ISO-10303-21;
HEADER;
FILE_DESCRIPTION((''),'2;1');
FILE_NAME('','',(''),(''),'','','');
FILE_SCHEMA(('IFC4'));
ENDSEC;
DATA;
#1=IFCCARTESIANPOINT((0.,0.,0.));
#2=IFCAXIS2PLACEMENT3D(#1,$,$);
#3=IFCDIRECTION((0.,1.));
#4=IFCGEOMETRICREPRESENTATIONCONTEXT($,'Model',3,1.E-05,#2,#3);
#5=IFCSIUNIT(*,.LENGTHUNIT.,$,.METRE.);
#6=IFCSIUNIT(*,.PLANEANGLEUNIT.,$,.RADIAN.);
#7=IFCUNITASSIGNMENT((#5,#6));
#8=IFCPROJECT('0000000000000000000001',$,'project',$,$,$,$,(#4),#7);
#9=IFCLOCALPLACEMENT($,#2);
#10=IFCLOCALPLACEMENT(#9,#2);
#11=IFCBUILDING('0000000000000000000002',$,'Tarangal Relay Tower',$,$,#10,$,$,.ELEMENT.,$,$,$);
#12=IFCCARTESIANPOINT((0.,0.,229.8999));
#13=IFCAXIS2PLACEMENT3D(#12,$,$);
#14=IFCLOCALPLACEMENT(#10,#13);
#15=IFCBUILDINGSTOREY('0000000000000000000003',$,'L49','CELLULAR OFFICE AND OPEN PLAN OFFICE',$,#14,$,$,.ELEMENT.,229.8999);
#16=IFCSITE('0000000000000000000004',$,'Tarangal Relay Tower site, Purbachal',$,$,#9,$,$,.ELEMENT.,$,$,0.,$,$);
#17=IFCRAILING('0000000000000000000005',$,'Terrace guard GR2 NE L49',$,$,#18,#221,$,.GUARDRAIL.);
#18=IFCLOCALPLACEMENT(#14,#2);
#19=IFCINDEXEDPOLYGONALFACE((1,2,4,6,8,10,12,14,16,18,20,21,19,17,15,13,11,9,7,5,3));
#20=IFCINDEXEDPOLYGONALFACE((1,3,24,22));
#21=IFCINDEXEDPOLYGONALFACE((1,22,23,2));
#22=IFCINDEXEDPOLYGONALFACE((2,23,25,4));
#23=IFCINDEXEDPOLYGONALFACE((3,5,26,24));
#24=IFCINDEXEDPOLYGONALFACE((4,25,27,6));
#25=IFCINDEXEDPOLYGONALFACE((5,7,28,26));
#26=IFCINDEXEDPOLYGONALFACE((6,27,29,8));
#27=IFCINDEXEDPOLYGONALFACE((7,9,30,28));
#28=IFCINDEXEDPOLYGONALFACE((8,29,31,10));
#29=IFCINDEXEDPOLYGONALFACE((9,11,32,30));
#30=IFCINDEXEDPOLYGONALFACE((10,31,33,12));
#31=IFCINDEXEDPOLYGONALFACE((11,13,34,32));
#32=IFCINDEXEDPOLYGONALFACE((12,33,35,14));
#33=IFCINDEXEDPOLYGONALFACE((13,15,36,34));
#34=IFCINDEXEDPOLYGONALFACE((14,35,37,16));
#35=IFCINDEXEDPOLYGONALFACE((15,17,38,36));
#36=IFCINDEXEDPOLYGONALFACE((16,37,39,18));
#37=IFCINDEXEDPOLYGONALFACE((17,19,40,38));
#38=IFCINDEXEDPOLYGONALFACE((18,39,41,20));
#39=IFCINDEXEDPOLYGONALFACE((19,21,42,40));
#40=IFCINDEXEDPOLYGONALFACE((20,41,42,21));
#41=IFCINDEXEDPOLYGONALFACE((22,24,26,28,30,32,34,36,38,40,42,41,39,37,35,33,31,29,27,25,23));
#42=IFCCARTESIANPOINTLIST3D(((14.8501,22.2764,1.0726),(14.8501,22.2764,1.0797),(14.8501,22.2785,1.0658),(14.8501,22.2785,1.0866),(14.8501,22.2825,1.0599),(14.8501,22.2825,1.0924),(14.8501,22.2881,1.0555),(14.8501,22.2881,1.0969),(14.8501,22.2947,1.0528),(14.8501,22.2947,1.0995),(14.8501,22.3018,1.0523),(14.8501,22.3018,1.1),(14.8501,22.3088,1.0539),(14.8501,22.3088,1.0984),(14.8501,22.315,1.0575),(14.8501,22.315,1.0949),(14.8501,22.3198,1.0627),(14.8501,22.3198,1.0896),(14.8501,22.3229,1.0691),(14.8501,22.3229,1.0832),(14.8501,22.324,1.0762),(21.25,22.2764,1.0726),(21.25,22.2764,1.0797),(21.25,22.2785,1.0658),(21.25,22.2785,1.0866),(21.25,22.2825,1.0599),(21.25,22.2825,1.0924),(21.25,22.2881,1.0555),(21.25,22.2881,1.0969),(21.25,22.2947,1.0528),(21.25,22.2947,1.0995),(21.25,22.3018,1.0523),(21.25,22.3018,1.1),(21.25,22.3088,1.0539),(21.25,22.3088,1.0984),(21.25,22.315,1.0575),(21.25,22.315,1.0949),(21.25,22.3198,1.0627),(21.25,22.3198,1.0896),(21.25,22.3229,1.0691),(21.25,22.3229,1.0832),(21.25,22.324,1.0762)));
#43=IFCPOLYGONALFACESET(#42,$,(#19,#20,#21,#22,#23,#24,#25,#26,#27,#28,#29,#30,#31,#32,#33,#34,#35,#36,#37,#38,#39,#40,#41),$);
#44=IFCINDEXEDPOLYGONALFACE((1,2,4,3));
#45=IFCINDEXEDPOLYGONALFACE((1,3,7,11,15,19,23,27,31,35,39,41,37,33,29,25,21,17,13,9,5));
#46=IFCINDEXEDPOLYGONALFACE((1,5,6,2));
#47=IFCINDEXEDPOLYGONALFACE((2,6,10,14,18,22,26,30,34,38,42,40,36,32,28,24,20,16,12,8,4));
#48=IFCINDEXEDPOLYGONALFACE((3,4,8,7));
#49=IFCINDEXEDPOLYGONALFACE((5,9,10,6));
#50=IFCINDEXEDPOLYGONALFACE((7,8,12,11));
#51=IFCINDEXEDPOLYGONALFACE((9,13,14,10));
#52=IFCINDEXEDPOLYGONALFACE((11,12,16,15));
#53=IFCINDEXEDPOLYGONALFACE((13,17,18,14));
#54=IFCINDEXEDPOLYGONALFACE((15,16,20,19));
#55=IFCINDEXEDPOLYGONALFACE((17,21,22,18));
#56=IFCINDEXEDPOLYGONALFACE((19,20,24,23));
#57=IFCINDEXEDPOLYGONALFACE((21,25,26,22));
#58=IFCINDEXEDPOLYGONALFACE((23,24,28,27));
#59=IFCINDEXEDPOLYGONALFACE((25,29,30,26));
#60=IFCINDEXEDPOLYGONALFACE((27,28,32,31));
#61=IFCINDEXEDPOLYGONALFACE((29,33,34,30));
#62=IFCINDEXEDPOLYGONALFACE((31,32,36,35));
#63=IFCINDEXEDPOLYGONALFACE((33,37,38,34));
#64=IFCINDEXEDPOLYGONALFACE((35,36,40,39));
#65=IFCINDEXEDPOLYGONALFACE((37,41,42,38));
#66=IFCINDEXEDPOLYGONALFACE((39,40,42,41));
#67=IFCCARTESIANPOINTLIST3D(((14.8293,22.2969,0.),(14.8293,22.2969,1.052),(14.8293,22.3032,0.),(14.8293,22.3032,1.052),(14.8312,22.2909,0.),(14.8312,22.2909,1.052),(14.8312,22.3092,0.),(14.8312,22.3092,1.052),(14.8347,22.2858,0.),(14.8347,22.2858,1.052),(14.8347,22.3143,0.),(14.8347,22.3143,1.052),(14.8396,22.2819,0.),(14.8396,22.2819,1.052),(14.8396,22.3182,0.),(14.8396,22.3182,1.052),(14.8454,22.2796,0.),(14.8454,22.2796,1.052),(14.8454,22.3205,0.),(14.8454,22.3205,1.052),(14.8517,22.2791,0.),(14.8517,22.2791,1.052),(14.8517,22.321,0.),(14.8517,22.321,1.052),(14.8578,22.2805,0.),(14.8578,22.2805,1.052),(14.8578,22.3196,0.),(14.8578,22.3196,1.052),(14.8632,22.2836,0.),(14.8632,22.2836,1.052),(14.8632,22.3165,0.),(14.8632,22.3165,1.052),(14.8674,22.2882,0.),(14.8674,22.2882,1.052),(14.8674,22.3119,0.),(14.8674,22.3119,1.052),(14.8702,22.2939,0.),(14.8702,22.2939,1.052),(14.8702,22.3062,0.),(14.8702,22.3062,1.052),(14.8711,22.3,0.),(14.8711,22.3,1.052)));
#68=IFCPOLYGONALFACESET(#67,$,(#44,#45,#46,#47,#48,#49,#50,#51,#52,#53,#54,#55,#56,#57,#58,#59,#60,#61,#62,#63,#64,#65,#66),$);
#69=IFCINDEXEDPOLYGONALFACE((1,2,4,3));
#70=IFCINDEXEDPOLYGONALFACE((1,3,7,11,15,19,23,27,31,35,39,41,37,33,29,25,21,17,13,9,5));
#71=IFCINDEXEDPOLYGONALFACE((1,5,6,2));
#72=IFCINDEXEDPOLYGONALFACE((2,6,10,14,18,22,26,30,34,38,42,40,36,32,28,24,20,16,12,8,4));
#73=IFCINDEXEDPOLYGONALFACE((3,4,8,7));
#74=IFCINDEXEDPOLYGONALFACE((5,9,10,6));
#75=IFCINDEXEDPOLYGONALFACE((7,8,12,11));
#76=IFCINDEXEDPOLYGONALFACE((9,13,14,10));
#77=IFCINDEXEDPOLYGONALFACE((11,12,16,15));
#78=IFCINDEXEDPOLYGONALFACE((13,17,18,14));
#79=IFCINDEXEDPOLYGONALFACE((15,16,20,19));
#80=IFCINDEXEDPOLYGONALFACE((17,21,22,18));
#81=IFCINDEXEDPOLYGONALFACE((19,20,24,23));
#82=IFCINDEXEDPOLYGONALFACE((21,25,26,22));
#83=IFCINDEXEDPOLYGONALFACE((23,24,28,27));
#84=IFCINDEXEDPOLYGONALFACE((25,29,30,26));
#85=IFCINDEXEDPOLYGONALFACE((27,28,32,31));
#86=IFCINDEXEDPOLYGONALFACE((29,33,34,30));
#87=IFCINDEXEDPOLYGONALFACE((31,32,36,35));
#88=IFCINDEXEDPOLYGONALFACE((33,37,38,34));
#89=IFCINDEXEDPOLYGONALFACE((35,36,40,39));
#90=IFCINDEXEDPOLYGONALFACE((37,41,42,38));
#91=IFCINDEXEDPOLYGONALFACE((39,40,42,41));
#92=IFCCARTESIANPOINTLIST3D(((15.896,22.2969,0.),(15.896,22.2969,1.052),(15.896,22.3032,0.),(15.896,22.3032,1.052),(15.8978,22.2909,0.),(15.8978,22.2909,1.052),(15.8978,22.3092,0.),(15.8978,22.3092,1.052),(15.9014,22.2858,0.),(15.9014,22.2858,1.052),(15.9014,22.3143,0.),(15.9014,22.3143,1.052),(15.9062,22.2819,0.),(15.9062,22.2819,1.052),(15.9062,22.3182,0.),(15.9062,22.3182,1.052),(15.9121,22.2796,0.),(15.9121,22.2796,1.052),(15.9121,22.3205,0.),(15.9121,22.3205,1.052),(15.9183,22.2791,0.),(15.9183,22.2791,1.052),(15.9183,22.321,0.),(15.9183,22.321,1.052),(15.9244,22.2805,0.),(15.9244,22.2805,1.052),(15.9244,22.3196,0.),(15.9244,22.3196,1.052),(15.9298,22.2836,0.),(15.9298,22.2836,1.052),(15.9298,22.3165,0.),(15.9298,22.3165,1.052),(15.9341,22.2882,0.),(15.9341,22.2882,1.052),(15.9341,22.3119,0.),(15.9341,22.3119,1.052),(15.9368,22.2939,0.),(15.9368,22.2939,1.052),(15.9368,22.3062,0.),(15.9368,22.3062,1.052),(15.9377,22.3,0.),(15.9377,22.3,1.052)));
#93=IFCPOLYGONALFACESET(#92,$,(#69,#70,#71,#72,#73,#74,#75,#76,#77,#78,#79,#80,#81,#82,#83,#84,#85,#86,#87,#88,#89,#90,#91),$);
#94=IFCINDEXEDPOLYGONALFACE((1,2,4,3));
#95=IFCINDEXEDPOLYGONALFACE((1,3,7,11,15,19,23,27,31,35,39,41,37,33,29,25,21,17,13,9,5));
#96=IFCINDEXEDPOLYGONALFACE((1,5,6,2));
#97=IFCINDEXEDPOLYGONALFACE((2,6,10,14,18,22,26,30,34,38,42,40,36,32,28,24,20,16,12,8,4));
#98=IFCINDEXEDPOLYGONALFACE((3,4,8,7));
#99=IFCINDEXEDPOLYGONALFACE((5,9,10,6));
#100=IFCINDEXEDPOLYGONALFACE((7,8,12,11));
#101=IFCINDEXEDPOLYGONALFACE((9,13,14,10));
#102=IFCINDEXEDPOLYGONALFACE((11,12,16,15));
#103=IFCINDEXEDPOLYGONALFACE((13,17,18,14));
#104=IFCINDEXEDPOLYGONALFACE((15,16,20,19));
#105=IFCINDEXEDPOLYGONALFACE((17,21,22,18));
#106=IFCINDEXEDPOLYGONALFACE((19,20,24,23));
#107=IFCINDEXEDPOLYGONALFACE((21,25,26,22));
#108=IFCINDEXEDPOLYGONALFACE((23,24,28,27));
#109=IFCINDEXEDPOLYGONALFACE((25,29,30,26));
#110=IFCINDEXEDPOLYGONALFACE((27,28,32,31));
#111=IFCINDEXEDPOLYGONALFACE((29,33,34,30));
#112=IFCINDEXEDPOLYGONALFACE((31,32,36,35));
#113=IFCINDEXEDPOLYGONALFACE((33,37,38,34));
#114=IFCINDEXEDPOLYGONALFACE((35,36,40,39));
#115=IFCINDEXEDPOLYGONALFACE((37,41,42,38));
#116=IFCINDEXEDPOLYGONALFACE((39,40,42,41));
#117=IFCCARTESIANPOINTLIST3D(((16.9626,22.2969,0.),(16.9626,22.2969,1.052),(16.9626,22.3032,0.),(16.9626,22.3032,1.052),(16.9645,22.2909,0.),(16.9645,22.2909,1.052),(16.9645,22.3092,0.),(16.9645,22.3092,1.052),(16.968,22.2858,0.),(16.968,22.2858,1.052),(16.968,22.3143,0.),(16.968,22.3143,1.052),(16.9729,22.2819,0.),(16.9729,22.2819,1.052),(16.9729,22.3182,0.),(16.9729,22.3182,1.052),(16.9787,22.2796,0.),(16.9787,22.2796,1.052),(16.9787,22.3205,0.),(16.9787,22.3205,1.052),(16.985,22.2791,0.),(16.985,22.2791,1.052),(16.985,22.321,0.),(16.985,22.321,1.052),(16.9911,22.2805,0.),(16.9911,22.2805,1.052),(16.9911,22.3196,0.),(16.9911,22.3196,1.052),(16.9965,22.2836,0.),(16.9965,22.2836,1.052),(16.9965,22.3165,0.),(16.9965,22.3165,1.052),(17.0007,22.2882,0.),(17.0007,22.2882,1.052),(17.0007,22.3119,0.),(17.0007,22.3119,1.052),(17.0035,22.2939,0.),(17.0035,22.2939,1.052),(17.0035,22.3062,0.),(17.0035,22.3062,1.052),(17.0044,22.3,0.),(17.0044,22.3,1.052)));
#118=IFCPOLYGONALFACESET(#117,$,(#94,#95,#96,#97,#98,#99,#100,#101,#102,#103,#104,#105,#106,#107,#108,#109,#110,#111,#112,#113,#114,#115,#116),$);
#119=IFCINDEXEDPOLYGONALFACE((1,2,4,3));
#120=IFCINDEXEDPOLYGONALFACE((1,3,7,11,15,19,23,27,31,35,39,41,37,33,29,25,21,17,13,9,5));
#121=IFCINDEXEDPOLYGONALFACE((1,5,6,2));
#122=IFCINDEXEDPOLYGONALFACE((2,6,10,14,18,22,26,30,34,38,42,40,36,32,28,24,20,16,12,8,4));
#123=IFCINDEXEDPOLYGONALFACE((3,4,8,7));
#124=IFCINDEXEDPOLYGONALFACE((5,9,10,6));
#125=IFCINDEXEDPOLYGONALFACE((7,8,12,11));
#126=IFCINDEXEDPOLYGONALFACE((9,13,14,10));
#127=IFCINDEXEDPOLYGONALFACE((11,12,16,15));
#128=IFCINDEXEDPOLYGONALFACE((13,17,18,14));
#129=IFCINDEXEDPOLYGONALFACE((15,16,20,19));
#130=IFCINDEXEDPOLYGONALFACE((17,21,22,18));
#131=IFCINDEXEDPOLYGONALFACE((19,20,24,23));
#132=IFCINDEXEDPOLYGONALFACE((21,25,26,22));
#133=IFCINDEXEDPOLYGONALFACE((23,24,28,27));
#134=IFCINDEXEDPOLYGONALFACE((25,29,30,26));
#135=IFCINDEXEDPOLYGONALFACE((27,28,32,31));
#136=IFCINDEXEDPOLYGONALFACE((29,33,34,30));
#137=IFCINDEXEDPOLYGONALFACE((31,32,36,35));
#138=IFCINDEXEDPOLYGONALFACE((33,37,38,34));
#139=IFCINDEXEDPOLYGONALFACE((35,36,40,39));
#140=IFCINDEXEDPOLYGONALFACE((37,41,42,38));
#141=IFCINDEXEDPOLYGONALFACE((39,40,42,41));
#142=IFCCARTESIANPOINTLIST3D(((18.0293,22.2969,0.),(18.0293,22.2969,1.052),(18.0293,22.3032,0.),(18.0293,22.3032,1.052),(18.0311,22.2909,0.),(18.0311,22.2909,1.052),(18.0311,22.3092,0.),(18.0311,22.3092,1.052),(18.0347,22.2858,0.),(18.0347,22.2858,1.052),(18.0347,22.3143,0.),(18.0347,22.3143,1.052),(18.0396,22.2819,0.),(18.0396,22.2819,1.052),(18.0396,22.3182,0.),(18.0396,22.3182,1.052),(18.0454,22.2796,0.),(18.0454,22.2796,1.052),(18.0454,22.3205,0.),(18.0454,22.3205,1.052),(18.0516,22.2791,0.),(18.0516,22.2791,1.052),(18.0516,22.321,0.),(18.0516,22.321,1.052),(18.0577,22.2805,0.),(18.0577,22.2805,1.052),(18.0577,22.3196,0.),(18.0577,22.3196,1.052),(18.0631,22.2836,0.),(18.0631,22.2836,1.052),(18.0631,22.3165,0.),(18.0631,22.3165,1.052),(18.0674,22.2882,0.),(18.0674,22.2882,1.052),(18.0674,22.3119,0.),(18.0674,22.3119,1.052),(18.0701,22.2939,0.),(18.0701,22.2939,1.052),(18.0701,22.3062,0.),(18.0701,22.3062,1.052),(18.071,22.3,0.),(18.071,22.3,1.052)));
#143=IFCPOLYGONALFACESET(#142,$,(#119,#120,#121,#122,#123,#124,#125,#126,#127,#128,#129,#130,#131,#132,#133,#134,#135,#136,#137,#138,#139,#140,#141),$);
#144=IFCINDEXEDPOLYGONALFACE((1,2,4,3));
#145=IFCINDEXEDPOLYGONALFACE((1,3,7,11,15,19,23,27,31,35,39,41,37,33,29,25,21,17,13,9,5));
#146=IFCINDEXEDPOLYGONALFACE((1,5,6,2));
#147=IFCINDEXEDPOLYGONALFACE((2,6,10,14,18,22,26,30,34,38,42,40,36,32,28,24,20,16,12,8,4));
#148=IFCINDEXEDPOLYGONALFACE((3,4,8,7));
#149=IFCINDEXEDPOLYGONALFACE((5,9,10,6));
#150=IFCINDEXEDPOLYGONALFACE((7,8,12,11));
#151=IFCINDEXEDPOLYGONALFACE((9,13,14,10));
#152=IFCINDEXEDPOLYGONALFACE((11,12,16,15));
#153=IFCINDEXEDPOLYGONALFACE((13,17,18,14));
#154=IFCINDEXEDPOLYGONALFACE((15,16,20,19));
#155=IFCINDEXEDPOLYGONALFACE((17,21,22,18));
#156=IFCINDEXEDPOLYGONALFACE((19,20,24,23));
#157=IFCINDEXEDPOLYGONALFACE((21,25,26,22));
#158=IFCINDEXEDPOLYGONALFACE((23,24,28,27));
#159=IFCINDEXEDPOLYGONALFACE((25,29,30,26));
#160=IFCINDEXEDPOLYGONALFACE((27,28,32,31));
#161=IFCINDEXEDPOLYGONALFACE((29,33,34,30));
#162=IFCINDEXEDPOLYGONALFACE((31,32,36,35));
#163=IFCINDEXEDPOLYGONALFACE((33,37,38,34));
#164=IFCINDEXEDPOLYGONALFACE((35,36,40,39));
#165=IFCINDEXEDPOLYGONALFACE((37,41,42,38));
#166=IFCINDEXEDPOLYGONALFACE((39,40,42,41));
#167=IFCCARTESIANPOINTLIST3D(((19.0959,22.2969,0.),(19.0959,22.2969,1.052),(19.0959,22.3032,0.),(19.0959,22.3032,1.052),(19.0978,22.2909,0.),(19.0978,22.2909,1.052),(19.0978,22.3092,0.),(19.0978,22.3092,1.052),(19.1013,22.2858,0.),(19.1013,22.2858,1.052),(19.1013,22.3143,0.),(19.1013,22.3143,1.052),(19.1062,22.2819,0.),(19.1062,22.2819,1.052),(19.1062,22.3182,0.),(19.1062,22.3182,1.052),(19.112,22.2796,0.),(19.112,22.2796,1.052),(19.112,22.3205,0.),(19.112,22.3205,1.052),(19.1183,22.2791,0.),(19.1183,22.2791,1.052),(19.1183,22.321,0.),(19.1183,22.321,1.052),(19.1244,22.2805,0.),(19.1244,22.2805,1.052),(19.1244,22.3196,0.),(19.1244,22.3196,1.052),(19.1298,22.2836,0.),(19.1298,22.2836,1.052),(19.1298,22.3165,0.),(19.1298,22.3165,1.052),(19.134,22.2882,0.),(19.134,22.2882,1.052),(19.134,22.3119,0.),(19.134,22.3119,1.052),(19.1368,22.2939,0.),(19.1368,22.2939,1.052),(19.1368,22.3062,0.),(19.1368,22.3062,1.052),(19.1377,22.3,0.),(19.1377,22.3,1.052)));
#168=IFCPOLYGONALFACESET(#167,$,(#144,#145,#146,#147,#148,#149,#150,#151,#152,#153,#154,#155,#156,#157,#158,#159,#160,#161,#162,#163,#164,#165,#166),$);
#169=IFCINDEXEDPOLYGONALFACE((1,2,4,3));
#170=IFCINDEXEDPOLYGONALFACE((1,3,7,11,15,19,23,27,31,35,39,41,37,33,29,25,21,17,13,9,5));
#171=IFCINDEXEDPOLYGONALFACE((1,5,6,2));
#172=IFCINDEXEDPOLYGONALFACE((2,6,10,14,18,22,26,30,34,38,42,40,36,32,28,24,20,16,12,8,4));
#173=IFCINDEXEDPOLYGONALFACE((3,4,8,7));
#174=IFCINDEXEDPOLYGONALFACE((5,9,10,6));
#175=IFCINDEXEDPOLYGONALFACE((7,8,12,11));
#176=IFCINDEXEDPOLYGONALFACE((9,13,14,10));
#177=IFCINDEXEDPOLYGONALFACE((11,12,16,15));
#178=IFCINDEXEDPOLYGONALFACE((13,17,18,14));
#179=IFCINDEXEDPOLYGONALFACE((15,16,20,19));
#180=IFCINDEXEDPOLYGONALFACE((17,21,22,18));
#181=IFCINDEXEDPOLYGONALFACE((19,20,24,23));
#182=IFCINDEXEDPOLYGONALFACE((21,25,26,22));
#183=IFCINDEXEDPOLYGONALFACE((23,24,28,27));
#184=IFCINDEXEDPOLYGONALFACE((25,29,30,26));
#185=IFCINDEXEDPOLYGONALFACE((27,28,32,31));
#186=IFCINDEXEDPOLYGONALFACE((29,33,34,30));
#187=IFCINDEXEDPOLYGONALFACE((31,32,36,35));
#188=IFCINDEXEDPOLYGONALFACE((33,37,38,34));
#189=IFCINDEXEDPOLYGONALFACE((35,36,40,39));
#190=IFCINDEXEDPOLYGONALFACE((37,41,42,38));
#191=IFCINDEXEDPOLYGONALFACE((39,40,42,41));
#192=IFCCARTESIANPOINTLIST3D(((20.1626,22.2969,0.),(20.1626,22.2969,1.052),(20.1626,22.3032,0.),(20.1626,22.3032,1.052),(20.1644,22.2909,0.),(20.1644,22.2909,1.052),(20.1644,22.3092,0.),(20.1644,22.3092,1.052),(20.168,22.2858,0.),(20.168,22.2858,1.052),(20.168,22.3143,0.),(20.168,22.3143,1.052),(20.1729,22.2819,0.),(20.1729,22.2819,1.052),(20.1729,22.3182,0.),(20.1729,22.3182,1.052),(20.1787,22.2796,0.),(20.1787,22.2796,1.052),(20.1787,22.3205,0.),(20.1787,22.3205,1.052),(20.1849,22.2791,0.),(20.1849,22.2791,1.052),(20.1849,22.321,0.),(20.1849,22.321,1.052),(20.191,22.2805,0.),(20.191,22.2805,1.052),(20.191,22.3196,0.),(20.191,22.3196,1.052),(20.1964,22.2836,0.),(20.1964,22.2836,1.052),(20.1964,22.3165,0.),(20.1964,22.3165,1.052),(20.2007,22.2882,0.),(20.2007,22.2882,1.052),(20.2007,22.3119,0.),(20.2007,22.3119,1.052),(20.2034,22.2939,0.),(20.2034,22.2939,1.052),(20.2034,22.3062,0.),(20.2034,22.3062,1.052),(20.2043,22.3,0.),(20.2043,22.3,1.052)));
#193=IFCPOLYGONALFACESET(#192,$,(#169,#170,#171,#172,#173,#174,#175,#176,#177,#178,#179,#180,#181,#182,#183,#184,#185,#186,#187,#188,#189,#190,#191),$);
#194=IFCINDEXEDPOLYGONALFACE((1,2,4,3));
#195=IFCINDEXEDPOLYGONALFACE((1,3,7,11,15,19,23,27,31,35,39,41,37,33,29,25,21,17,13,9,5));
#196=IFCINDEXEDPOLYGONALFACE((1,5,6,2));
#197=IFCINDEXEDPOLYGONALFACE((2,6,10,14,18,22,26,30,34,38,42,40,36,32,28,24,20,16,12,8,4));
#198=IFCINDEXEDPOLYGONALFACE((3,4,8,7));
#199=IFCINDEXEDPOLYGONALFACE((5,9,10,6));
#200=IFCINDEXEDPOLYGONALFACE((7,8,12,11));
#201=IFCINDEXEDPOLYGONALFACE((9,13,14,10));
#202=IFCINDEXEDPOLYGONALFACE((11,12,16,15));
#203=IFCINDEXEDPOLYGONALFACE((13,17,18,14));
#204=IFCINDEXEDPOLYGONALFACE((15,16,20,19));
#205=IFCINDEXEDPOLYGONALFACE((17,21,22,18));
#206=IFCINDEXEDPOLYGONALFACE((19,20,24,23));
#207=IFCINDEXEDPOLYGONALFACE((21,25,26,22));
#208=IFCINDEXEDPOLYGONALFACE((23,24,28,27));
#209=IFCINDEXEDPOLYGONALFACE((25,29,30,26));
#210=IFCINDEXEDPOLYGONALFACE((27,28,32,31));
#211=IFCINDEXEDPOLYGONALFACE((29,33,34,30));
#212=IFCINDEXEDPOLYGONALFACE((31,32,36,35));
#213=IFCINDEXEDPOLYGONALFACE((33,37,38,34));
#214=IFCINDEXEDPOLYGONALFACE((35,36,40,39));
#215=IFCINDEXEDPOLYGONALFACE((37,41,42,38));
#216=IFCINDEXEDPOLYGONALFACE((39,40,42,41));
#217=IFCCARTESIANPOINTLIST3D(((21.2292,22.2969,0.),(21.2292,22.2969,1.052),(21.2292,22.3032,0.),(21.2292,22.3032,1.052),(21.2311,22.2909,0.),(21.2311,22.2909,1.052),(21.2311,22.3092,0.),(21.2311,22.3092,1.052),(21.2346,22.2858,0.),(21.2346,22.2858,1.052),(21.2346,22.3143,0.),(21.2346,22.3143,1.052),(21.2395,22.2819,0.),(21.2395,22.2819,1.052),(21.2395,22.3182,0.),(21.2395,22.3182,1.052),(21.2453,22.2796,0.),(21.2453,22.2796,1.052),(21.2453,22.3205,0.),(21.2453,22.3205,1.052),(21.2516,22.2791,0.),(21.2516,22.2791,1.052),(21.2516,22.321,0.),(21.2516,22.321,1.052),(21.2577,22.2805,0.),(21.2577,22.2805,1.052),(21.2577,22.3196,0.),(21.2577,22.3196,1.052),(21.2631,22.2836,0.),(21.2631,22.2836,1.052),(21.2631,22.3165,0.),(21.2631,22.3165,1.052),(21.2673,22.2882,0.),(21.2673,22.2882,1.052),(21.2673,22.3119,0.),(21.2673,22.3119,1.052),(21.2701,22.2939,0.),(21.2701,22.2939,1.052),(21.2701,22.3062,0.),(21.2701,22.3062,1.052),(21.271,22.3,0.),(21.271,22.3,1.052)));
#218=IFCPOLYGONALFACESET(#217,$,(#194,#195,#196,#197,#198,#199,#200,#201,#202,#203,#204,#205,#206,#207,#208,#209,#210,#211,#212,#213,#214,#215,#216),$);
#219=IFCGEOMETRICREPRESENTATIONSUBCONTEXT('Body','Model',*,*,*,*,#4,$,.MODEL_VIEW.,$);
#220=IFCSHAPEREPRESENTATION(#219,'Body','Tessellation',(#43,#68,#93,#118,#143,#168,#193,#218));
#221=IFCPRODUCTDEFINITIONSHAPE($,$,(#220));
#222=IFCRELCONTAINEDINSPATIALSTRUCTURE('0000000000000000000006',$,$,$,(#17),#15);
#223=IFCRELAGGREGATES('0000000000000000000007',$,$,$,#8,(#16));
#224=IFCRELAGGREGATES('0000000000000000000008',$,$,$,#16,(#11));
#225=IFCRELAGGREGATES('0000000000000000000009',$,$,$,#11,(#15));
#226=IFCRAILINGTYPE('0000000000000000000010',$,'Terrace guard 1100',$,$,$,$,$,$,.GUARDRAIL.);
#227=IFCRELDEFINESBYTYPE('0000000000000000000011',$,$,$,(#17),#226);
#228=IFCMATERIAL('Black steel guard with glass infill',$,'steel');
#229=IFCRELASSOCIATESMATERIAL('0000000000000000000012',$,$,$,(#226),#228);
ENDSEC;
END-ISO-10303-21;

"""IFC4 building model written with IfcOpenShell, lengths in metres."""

from ifc_helpers import new_model, si_unit, direction, frame, origin, origin_2d, place, context, subcontext, project, spatial, circle, extrude, material, type_object, element, save


model = new_model("IFC4")

# Units and contexts
model_context = context("Model", 3, precision=1e-05, world=origin(), true_north=direction((0.0, 1.0)))
body_context = subcontext(model_context, "Body", "Model", "MODEL_VIEW")
ifc_project = project(units=[si_unit("LENGTHUNIT", "METRE"), si_unit("PLANEANGLEUNIT", "RADIAN")], contexts=[model_context])

# Site, building, storey
site_placement = place(None, origin())
site = spatial("IfcSite", under=ifc_project, at=site_placement, Name="Tarangal Relay Tower site, Purbachal", CompositionType="ELEMENT", RefElevation=0.0)
building_placement = place(site_placement, origin())
building = spatial("IfcBuilding", under=site, at=building_placement, Name="Tarangal Relay Tower", CompositionType="ELEMENT")
storey_placement = place(building_placement, frame((0.0, 0.0, 229.8999)))
storey = spatial("IfcBuildingStorey", under=building, at=storey_placement, Name="L49", Description="CELLULAR OFFICE AND OPEN PLAN OFFICE", CompositionType="ELEMENT", Elevation=229.8999)

# Railing
ifc_material_1 = material(Name="Black steel guard with glass infill", Category="steel")
railing_type = type_object("IfcRailingType", Name="Terrace guard 1100", PredefinedType="GUARDRAIL", material=ifc_material_1)
railing_1_placement = place(storey_placement, frame((14.8501, 22.3, 0.0)))
element("IfcRailing", 1, at=railing_1_placement, inside=storey, type_object=railing_type, Name="Terrace guard GR2 NE L49", PredefinedType="GUARDRAIL", context=body_context, shape_type="SweptSolid", body=[
    extrude(circle(Radius=0.0239, at=origin_2d()), frame((0.0, 0.0, 1.0762), z_axis=(1.0, 0.0, 0.0), x_axis=(0.0, 1.0, 0.0)), (0.0, 0.0, 1.0), 6.3999),
    extrude(circle(Radius=0.021, at=origin_2d()), origin(), (0.0, 0.0, 1.0), 1.052),
    extrude(circle(Radius=0.021, at=origin_2d()), frame((1.0667, 0.0, 0.0)), (0.0, 0.0, 1.0), 1.052),
    extrude(circle(Radius=0.021, at=origin_2d()), frame((2.1333, 0.0, 0.0)), (0.0, 0.0, 1.0), 1.052),
    extrude(circle(Radius=0.021, at=origin_2d()), frame((3.2, 0.0, 0.0)), (0.0, 0.0, 1.0), 1.052),
    extrude(circle(Radius=0.021, at=origin_2d()), frame((4.2666, 0.0, 0.0)), (0.0, 0.0, 1.0), 1.052),
    extrude(circle(Radius=0.021, at=origin_2d()), frame((5.3333, 0.0, 0.0)), (0.0, 0.0, 1.0), 1.052),
    extrude(circle(Radius=0.021, at=origin_2d()), frame((6.3999, 0.0, 0.0)), (0.0, 0.0, 1.0), 1.052),
])

save(model, "model.ifc")
